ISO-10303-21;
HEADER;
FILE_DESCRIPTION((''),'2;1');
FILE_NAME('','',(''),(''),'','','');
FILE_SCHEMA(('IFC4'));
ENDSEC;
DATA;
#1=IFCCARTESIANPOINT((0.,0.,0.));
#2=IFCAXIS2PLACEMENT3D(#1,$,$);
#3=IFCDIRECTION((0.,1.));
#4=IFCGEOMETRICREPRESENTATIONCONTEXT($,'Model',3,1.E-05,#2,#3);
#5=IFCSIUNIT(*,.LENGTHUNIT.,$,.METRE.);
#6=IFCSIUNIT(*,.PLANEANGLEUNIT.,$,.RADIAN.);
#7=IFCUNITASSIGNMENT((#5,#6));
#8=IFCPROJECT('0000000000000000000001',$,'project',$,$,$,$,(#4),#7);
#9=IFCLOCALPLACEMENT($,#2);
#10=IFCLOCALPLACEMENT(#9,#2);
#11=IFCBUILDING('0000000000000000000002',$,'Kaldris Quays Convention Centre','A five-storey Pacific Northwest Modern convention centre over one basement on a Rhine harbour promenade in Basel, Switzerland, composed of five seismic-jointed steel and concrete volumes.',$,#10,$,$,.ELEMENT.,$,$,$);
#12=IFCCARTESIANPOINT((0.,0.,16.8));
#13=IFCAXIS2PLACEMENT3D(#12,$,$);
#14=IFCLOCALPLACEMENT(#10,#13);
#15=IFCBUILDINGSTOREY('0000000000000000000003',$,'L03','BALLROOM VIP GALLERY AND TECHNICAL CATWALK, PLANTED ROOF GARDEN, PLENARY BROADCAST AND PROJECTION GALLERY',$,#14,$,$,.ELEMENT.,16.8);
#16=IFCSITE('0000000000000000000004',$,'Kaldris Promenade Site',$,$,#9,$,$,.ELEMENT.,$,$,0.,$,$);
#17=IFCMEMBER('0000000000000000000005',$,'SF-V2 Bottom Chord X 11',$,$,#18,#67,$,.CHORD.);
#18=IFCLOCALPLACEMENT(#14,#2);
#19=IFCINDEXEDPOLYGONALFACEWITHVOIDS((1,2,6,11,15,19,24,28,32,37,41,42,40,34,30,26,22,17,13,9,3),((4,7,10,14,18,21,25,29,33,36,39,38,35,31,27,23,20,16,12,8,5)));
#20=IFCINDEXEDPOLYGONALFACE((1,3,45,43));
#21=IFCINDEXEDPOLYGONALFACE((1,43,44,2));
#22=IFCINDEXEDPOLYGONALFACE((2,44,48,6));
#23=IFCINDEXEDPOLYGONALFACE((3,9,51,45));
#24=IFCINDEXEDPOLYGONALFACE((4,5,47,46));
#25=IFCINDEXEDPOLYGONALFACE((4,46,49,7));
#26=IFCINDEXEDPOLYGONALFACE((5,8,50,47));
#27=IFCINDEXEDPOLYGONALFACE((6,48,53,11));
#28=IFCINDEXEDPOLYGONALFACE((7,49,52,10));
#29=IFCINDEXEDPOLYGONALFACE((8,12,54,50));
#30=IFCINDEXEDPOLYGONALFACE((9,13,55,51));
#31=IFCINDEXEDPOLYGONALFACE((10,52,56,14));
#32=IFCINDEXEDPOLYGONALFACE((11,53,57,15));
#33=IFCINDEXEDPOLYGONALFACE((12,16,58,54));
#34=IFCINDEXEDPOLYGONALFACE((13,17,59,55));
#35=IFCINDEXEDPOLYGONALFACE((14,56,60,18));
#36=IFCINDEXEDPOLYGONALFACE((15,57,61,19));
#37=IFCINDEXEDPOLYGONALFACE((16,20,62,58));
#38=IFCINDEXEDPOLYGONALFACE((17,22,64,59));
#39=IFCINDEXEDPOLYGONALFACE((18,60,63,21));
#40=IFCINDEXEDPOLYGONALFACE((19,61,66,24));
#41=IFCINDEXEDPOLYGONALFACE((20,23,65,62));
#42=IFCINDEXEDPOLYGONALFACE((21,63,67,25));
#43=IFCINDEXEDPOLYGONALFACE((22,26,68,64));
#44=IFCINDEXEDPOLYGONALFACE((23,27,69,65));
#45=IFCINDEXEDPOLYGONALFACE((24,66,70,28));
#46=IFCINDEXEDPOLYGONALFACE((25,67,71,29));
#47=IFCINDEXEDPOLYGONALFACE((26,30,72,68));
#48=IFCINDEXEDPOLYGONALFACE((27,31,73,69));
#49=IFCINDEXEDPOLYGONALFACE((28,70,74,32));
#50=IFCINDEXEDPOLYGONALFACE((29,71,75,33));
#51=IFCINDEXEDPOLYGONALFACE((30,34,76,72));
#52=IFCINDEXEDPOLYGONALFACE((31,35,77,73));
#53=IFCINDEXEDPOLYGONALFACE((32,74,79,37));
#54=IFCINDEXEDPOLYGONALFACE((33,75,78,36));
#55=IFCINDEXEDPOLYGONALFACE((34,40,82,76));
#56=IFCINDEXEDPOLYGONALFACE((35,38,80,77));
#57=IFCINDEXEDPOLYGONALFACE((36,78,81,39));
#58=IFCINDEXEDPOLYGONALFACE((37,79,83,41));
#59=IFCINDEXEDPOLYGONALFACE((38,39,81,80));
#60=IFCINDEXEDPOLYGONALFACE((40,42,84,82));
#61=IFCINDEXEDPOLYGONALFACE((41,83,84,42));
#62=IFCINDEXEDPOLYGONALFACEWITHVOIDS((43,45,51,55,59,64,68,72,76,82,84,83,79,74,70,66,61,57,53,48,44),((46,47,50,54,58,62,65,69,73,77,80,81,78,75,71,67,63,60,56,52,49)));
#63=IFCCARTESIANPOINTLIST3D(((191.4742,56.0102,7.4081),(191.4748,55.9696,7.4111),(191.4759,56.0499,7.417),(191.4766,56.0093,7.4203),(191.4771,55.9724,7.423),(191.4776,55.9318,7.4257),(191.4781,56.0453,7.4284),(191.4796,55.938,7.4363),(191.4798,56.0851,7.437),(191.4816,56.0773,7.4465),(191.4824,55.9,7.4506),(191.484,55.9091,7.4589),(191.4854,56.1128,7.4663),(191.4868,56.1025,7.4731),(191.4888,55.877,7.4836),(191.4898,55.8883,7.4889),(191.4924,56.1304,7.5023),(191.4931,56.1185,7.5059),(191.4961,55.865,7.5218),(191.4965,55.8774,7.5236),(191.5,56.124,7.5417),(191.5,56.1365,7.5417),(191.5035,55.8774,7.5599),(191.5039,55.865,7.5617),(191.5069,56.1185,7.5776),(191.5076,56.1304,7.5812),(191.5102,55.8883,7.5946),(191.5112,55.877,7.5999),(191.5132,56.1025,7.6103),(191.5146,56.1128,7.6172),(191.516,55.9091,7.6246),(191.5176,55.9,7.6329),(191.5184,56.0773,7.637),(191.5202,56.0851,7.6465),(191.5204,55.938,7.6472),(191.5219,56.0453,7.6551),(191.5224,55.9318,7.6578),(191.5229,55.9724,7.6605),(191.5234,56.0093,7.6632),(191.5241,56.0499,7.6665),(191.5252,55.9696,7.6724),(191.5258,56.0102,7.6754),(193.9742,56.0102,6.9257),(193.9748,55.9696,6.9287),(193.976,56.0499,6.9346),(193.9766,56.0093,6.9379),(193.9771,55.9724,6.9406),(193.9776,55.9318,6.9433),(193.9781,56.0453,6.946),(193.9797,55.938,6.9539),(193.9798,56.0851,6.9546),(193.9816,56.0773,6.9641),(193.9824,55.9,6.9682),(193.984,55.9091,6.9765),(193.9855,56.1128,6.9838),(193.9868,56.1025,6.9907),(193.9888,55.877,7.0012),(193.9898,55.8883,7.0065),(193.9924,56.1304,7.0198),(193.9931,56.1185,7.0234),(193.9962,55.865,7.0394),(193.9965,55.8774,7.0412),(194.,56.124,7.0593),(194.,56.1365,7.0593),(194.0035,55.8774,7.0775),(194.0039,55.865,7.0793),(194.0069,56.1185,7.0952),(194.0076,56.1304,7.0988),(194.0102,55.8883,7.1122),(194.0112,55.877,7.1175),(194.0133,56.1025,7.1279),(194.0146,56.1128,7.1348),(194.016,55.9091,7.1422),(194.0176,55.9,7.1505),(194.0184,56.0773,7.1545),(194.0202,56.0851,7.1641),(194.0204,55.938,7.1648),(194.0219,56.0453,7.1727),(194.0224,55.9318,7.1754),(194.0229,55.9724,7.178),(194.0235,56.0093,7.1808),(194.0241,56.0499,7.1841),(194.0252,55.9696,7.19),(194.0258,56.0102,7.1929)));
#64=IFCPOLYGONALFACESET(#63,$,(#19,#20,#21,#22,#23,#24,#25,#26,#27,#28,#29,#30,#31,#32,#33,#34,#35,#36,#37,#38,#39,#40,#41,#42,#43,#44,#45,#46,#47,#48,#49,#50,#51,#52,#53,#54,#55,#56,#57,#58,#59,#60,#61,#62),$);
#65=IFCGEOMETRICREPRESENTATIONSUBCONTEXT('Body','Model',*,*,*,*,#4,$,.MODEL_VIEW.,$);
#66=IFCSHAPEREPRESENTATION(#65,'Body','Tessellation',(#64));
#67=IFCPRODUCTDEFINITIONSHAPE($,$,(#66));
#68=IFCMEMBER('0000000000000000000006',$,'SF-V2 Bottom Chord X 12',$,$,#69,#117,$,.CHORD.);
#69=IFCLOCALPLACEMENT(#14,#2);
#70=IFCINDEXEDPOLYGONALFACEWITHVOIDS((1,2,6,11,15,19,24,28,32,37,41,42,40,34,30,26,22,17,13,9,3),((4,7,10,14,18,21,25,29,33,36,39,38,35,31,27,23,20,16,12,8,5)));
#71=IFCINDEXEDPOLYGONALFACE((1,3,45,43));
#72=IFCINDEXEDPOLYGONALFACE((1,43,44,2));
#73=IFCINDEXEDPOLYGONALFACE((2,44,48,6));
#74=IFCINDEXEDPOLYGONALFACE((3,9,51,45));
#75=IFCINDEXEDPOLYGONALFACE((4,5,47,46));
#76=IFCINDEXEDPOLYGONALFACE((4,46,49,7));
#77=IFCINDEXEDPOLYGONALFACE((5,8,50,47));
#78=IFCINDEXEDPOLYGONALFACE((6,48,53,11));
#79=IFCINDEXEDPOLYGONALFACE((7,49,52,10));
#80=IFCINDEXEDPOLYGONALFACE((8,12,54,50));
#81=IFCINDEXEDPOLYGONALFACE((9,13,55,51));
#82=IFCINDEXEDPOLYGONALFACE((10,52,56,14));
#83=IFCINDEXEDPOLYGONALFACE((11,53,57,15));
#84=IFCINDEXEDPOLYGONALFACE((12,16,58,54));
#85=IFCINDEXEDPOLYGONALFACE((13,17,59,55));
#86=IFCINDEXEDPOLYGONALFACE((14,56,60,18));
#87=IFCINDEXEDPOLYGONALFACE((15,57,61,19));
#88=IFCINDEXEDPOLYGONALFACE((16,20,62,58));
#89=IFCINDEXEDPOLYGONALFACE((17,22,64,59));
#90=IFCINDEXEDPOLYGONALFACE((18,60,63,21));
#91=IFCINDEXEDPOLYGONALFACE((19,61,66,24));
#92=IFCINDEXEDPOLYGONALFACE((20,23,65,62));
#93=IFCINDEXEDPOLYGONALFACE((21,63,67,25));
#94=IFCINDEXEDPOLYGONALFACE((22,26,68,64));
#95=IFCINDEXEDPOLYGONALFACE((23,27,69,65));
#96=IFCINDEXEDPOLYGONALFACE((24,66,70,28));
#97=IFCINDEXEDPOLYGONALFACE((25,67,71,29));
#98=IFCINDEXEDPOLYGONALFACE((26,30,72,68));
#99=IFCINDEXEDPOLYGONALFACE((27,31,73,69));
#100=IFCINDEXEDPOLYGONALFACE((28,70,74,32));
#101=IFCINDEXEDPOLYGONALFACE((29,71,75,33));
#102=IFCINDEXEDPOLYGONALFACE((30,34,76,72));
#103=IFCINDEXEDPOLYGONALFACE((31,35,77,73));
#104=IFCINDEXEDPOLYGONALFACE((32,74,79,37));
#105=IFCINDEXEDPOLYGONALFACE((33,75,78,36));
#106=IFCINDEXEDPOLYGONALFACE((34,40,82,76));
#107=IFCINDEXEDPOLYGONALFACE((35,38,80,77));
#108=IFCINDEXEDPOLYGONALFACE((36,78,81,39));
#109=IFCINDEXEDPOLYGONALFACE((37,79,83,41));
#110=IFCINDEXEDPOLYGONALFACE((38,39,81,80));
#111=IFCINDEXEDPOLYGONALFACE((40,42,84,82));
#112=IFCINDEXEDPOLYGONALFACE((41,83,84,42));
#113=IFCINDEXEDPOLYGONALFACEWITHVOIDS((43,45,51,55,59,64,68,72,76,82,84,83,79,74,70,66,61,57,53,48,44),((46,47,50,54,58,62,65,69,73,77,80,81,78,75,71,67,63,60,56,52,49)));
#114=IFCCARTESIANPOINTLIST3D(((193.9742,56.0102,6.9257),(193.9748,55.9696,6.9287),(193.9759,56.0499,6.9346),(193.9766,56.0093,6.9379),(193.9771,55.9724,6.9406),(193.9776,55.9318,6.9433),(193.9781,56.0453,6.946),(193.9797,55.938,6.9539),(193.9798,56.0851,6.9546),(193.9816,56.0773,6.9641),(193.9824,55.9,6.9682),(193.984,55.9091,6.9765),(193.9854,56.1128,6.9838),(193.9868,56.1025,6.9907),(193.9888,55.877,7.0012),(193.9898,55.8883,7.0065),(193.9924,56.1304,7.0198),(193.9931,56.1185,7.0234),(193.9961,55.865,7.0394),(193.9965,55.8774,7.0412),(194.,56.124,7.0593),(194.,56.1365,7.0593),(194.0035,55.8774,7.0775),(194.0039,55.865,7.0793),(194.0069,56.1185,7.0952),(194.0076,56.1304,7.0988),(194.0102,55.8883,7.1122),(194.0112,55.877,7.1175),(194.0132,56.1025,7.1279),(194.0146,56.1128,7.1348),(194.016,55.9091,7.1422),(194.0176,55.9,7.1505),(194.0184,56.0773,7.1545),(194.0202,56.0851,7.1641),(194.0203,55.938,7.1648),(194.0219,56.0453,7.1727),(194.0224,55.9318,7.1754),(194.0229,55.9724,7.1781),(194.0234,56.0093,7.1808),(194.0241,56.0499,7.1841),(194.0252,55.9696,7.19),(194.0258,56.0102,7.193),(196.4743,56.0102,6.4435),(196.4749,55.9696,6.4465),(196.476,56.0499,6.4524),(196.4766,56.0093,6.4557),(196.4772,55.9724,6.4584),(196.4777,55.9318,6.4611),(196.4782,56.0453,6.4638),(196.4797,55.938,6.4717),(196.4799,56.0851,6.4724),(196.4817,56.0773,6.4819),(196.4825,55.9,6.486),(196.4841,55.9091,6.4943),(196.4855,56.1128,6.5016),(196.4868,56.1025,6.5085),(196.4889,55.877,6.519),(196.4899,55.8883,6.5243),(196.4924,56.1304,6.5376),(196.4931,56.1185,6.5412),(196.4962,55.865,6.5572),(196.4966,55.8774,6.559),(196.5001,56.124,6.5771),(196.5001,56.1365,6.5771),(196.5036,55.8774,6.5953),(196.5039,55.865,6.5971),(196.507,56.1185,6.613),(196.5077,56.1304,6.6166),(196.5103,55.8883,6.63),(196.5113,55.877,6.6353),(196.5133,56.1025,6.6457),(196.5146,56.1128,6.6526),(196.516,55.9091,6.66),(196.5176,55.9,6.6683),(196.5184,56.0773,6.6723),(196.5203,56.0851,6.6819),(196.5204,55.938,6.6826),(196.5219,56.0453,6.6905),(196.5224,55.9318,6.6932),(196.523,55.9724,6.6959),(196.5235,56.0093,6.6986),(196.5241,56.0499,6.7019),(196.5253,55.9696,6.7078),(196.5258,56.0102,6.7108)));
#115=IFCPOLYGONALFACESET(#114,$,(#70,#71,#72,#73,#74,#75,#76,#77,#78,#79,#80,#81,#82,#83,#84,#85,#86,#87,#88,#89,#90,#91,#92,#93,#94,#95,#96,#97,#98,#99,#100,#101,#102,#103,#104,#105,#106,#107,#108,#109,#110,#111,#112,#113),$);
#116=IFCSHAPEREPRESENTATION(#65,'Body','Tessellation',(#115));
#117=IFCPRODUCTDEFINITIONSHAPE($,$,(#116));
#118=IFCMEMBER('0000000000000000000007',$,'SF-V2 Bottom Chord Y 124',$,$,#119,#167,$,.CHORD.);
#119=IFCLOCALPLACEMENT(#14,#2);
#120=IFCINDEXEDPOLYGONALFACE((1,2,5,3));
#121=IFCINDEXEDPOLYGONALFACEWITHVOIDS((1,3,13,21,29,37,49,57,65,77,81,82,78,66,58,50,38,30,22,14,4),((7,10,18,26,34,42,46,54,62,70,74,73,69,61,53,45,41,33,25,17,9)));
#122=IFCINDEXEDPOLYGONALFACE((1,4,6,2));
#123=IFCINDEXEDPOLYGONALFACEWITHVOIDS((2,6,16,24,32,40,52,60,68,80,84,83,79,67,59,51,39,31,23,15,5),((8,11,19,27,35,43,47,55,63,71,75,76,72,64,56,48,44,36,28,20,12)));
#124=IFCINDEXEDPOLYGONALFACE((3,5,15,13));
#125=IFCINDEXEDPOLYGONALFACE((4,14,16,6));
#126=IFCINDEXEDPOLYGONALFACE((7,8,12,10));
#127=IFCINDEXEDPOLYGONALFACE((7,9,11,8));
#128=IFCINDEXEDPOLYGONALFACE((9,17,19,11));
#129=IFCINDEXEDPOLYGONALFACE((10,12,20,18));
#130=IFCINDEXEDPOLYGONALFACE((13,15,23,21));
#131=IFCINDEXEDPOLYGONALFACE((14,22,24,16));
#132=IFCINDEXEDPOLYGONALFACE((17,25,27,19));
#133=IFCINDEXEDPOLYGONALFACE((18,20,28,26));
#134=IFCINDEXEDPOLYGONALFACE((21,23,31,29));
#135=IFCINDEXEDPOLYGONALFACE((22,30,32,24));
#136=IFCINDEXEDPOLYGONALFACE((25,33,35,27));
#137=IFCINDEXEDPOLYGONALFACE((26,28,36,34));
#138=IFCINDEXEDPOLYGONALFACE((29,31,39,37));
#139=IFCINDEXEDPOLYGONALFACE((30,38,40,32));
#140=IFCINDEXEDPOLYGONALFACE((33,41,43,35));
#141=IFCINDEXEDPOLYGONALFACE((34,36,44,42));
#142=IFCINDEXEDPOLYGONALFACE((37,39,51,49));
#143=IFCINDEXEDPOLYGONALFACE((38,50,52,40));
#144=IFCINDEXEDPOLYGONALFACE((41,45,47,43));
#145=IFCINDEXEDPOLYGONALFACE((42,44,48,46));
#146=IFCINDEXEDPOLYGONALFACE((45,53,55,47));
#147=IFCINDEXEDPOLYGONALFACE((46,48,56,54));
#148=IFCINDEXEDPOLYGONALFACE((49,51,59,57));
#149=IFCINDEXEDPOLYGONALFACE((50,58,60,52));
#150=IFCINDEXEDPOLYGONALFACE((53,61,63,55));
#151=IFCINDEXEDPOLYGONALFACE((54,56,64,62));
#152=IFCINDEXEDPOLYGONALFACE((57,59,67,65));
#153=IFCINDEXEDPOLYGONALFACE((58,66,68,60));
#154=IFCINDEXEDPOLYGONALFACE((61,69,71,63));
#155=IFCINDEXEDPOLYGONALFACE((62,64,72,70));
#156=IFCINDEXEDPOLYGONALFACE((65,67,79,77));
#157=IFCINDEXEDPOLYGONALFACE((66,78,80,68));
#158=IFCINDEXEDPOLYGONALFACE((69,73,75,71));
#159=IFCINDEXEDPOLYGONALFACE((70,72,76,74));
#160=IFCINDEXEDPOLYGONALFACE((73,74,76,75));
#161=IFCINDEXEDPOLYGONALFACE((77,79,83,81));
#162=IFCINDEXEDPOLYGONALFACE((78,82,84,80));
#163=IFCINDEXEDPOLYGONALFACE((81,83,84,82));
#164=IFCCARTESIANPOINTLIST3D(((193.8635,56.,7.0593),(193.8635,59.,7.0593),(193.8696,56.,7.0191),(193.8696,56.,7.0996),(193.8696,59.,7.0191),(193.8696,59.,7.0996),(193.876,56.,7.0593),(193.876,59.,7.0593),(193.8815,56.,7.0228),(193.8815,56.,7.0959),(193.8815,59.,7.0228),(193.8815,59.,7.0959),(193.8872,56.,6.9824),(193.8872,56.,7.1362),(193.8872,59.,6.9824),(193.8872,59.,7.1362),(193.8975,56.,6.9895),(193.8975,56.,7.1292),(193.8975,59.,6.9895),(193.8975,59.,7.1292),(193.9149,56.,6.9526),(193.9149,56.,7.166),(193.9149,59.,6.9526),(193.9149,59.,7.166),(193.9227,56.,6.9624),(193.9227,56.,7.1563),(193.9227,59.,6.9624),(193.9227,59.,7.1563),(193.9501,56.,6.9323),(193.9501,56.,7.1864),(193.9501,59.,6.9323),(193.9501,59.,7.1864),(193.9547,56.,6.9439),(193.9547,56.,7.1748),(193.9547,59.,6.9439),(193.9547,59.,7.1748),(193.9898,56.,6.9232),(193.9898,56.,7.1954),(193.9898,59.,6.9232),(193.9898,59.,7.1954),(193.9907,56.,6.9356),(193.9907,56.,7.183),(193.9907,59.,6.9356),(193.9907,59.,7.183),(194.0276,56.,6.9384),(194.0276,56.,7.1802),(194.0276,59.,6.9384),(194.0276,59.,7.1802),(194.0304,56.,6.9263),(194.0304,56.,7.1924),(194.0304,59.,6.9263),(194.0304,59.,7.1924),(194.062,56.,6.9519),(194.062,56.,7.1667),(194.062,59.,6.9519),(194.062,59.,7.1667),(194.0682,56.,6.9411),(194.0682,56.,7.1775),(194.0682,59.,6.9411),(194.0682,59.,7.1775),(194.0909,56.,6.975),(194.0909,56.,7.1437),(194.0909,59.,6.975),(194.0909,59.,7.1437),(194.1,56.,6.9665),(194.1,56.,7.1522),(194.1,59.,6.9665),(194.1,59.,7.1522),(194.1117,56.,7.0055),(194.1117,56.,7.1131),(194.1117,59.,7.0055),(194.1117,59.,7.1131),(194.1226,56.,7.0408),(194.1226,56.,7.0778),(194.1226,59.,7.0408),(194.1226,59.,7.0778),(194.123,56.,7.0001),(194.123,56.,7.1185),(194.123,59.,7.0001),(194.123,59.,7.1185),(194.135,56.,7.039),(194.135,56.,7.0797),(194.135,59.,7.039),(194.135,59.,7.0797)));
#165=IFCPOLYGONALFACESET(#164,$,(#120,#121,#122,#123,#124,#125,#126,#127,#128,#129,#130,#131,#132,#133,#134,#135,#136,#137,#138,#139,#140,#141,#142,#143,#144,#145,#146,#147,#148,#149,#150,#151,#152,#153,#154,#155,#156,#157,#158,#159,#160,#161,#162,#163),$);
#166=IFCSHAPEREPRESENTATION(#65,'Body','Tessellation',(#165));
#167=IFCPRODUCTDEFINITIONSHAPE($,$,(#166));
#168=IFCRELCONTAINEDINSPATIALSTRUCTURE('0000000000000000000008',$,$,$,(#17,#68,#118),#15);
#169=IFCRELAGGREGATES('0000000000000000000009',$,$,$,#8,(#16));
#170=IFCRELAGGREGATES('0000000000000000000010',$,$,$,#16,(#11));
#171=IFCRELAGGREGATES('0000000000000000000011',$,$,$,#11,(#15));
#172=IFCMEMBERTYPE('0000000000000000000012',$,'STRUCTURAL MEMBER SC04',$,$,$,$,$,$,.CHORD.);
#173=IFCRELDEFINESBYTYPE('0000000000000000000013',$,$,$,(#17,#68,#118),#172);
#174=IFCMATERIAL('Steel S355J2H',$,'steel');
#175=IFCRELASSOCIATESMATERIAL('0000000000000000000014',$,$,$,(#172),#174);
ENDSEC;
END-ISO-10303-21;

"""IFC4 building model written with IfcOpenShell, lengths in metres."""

from ifc_helpers import new_model, si_unit, direction, frame, origin, origin_2d, place, context, subcontext, project, spatial, hollow_circle, extrude, material, material_profile, profile_set, type_object, element, save


model = new_model("IFC4")

# Units and contexts
model_context = context("Model", 3, precision=1e-05, world=origin(), true_north=direction((0.0, 1.0)))
body_context = subcontext(model_context, "Body", "Model", "MODEL_VIEW")
ifc_project = project(units=[si_unit("LENGTHUNIT", "METRE"), si_unit("PLANEANGLEUNIT", "RADIAN")], contexts=[model_context])

# Site, building, storey
site_placement = place(None, origin())
site = spatial("IfcSite", under=ifc_project, at=site_placement, Name="Kaldris Promenade Site", CompositionType="ELEMENT", RefElevation=0.0)
building_placement = place(site_placement, origin())
building = spatial("IfcBuilding", under=site, at=building_placement, Name="Kaldris Quays Convention Centre", Description="A five-storey Pacific Northwest Modern convention centre over one basement on a Rhine harbour promenade in Basel, Switzerland, composed of five seismic-jointed steel and concrete volumes.", CompositionType="ELEMENT")
storey_placement = place(building_placement, frame((0.0, 0.0, 16.8)))
storey = spatial("IfcBuildingStorey", under=building, at=storey_placement, Name="L03", Description="BALLROOM VIP GALLERY AND TECHNICAL CATWALK, PLANTED ROOF GARDEN, PLENARY BROADCAST AND PROJECTION GALLERY", CompositionType="ELEMENT", Elevation=16.8)

# Members
ifc_material_1 = material(Name="Steel S355J2H", Category="steel")
ifc_material_profile_1 = material_profile(ifc_material_1, hollow_circle(Radius=0.1365, WallThickness=0.0125, at=origin_2d()), Name="CHS 273x12.5")
ifc_profile_set_1 = profile_set([ifc_material_profile_1], Name="Steel S355J2H")
member_type_1 = type_object("IfcMemberType", Name="STRUCTURAL MEMBER SC04", PredefinedType="CHORD", material=ifc_profile_set_1)
for number, where, z_axis, x_axis, name in (
    (1, (191.5, 56.0, 7.5417), (0.981886, 0.0, -0.189473), (0.0, 1.0, 0.0), "SF-V2 Bottom Chord X 11"),
    (2, (194.0, 56.0, 7.0593), (0.981904, 0.0, -0.189381), (0.0, 1.0, 0.0), "SF-V2 Bottom Chord X 12"),
):
    element("IfcMember", number, at=place(storey_placement, frame(where, z_axis=z_axis, x_axis=x_axis)), inside=storey, type_object=member_type_1, Name=name, PredefinedType="CHORD", context=body_context, shape_type="SweptSolid", body=[
        extrude(hollow_circle(Radius=0.1365, WallThickness=0.0125, at=origin_2d()), origin(), (0.0, 0.0, 1.0), 2.5461),
    ])
member_1_placement = place(storey_placement, frame((194.0, 56.0, 7.0593), z_axis=(0.0, 1.0, 0.0), x_axis=(-1.0, 0.0, 0.0)))
element("IfcMember", 3, at=member_1_placement, inside=storey, type_object=member_type_1, Name="SF-V2 Bottom Chord Y 124", PredefinedType="CHORD", context=body_context, shape_type="SweptSolid", body=[
    extrude(hollow_circle(Radius=0.1365, WallThickness=0.0125, at=origin_2d()), origin(), (0.0, 0.0, 1.0), 3.0),
])

save(model, "model.ifc")
